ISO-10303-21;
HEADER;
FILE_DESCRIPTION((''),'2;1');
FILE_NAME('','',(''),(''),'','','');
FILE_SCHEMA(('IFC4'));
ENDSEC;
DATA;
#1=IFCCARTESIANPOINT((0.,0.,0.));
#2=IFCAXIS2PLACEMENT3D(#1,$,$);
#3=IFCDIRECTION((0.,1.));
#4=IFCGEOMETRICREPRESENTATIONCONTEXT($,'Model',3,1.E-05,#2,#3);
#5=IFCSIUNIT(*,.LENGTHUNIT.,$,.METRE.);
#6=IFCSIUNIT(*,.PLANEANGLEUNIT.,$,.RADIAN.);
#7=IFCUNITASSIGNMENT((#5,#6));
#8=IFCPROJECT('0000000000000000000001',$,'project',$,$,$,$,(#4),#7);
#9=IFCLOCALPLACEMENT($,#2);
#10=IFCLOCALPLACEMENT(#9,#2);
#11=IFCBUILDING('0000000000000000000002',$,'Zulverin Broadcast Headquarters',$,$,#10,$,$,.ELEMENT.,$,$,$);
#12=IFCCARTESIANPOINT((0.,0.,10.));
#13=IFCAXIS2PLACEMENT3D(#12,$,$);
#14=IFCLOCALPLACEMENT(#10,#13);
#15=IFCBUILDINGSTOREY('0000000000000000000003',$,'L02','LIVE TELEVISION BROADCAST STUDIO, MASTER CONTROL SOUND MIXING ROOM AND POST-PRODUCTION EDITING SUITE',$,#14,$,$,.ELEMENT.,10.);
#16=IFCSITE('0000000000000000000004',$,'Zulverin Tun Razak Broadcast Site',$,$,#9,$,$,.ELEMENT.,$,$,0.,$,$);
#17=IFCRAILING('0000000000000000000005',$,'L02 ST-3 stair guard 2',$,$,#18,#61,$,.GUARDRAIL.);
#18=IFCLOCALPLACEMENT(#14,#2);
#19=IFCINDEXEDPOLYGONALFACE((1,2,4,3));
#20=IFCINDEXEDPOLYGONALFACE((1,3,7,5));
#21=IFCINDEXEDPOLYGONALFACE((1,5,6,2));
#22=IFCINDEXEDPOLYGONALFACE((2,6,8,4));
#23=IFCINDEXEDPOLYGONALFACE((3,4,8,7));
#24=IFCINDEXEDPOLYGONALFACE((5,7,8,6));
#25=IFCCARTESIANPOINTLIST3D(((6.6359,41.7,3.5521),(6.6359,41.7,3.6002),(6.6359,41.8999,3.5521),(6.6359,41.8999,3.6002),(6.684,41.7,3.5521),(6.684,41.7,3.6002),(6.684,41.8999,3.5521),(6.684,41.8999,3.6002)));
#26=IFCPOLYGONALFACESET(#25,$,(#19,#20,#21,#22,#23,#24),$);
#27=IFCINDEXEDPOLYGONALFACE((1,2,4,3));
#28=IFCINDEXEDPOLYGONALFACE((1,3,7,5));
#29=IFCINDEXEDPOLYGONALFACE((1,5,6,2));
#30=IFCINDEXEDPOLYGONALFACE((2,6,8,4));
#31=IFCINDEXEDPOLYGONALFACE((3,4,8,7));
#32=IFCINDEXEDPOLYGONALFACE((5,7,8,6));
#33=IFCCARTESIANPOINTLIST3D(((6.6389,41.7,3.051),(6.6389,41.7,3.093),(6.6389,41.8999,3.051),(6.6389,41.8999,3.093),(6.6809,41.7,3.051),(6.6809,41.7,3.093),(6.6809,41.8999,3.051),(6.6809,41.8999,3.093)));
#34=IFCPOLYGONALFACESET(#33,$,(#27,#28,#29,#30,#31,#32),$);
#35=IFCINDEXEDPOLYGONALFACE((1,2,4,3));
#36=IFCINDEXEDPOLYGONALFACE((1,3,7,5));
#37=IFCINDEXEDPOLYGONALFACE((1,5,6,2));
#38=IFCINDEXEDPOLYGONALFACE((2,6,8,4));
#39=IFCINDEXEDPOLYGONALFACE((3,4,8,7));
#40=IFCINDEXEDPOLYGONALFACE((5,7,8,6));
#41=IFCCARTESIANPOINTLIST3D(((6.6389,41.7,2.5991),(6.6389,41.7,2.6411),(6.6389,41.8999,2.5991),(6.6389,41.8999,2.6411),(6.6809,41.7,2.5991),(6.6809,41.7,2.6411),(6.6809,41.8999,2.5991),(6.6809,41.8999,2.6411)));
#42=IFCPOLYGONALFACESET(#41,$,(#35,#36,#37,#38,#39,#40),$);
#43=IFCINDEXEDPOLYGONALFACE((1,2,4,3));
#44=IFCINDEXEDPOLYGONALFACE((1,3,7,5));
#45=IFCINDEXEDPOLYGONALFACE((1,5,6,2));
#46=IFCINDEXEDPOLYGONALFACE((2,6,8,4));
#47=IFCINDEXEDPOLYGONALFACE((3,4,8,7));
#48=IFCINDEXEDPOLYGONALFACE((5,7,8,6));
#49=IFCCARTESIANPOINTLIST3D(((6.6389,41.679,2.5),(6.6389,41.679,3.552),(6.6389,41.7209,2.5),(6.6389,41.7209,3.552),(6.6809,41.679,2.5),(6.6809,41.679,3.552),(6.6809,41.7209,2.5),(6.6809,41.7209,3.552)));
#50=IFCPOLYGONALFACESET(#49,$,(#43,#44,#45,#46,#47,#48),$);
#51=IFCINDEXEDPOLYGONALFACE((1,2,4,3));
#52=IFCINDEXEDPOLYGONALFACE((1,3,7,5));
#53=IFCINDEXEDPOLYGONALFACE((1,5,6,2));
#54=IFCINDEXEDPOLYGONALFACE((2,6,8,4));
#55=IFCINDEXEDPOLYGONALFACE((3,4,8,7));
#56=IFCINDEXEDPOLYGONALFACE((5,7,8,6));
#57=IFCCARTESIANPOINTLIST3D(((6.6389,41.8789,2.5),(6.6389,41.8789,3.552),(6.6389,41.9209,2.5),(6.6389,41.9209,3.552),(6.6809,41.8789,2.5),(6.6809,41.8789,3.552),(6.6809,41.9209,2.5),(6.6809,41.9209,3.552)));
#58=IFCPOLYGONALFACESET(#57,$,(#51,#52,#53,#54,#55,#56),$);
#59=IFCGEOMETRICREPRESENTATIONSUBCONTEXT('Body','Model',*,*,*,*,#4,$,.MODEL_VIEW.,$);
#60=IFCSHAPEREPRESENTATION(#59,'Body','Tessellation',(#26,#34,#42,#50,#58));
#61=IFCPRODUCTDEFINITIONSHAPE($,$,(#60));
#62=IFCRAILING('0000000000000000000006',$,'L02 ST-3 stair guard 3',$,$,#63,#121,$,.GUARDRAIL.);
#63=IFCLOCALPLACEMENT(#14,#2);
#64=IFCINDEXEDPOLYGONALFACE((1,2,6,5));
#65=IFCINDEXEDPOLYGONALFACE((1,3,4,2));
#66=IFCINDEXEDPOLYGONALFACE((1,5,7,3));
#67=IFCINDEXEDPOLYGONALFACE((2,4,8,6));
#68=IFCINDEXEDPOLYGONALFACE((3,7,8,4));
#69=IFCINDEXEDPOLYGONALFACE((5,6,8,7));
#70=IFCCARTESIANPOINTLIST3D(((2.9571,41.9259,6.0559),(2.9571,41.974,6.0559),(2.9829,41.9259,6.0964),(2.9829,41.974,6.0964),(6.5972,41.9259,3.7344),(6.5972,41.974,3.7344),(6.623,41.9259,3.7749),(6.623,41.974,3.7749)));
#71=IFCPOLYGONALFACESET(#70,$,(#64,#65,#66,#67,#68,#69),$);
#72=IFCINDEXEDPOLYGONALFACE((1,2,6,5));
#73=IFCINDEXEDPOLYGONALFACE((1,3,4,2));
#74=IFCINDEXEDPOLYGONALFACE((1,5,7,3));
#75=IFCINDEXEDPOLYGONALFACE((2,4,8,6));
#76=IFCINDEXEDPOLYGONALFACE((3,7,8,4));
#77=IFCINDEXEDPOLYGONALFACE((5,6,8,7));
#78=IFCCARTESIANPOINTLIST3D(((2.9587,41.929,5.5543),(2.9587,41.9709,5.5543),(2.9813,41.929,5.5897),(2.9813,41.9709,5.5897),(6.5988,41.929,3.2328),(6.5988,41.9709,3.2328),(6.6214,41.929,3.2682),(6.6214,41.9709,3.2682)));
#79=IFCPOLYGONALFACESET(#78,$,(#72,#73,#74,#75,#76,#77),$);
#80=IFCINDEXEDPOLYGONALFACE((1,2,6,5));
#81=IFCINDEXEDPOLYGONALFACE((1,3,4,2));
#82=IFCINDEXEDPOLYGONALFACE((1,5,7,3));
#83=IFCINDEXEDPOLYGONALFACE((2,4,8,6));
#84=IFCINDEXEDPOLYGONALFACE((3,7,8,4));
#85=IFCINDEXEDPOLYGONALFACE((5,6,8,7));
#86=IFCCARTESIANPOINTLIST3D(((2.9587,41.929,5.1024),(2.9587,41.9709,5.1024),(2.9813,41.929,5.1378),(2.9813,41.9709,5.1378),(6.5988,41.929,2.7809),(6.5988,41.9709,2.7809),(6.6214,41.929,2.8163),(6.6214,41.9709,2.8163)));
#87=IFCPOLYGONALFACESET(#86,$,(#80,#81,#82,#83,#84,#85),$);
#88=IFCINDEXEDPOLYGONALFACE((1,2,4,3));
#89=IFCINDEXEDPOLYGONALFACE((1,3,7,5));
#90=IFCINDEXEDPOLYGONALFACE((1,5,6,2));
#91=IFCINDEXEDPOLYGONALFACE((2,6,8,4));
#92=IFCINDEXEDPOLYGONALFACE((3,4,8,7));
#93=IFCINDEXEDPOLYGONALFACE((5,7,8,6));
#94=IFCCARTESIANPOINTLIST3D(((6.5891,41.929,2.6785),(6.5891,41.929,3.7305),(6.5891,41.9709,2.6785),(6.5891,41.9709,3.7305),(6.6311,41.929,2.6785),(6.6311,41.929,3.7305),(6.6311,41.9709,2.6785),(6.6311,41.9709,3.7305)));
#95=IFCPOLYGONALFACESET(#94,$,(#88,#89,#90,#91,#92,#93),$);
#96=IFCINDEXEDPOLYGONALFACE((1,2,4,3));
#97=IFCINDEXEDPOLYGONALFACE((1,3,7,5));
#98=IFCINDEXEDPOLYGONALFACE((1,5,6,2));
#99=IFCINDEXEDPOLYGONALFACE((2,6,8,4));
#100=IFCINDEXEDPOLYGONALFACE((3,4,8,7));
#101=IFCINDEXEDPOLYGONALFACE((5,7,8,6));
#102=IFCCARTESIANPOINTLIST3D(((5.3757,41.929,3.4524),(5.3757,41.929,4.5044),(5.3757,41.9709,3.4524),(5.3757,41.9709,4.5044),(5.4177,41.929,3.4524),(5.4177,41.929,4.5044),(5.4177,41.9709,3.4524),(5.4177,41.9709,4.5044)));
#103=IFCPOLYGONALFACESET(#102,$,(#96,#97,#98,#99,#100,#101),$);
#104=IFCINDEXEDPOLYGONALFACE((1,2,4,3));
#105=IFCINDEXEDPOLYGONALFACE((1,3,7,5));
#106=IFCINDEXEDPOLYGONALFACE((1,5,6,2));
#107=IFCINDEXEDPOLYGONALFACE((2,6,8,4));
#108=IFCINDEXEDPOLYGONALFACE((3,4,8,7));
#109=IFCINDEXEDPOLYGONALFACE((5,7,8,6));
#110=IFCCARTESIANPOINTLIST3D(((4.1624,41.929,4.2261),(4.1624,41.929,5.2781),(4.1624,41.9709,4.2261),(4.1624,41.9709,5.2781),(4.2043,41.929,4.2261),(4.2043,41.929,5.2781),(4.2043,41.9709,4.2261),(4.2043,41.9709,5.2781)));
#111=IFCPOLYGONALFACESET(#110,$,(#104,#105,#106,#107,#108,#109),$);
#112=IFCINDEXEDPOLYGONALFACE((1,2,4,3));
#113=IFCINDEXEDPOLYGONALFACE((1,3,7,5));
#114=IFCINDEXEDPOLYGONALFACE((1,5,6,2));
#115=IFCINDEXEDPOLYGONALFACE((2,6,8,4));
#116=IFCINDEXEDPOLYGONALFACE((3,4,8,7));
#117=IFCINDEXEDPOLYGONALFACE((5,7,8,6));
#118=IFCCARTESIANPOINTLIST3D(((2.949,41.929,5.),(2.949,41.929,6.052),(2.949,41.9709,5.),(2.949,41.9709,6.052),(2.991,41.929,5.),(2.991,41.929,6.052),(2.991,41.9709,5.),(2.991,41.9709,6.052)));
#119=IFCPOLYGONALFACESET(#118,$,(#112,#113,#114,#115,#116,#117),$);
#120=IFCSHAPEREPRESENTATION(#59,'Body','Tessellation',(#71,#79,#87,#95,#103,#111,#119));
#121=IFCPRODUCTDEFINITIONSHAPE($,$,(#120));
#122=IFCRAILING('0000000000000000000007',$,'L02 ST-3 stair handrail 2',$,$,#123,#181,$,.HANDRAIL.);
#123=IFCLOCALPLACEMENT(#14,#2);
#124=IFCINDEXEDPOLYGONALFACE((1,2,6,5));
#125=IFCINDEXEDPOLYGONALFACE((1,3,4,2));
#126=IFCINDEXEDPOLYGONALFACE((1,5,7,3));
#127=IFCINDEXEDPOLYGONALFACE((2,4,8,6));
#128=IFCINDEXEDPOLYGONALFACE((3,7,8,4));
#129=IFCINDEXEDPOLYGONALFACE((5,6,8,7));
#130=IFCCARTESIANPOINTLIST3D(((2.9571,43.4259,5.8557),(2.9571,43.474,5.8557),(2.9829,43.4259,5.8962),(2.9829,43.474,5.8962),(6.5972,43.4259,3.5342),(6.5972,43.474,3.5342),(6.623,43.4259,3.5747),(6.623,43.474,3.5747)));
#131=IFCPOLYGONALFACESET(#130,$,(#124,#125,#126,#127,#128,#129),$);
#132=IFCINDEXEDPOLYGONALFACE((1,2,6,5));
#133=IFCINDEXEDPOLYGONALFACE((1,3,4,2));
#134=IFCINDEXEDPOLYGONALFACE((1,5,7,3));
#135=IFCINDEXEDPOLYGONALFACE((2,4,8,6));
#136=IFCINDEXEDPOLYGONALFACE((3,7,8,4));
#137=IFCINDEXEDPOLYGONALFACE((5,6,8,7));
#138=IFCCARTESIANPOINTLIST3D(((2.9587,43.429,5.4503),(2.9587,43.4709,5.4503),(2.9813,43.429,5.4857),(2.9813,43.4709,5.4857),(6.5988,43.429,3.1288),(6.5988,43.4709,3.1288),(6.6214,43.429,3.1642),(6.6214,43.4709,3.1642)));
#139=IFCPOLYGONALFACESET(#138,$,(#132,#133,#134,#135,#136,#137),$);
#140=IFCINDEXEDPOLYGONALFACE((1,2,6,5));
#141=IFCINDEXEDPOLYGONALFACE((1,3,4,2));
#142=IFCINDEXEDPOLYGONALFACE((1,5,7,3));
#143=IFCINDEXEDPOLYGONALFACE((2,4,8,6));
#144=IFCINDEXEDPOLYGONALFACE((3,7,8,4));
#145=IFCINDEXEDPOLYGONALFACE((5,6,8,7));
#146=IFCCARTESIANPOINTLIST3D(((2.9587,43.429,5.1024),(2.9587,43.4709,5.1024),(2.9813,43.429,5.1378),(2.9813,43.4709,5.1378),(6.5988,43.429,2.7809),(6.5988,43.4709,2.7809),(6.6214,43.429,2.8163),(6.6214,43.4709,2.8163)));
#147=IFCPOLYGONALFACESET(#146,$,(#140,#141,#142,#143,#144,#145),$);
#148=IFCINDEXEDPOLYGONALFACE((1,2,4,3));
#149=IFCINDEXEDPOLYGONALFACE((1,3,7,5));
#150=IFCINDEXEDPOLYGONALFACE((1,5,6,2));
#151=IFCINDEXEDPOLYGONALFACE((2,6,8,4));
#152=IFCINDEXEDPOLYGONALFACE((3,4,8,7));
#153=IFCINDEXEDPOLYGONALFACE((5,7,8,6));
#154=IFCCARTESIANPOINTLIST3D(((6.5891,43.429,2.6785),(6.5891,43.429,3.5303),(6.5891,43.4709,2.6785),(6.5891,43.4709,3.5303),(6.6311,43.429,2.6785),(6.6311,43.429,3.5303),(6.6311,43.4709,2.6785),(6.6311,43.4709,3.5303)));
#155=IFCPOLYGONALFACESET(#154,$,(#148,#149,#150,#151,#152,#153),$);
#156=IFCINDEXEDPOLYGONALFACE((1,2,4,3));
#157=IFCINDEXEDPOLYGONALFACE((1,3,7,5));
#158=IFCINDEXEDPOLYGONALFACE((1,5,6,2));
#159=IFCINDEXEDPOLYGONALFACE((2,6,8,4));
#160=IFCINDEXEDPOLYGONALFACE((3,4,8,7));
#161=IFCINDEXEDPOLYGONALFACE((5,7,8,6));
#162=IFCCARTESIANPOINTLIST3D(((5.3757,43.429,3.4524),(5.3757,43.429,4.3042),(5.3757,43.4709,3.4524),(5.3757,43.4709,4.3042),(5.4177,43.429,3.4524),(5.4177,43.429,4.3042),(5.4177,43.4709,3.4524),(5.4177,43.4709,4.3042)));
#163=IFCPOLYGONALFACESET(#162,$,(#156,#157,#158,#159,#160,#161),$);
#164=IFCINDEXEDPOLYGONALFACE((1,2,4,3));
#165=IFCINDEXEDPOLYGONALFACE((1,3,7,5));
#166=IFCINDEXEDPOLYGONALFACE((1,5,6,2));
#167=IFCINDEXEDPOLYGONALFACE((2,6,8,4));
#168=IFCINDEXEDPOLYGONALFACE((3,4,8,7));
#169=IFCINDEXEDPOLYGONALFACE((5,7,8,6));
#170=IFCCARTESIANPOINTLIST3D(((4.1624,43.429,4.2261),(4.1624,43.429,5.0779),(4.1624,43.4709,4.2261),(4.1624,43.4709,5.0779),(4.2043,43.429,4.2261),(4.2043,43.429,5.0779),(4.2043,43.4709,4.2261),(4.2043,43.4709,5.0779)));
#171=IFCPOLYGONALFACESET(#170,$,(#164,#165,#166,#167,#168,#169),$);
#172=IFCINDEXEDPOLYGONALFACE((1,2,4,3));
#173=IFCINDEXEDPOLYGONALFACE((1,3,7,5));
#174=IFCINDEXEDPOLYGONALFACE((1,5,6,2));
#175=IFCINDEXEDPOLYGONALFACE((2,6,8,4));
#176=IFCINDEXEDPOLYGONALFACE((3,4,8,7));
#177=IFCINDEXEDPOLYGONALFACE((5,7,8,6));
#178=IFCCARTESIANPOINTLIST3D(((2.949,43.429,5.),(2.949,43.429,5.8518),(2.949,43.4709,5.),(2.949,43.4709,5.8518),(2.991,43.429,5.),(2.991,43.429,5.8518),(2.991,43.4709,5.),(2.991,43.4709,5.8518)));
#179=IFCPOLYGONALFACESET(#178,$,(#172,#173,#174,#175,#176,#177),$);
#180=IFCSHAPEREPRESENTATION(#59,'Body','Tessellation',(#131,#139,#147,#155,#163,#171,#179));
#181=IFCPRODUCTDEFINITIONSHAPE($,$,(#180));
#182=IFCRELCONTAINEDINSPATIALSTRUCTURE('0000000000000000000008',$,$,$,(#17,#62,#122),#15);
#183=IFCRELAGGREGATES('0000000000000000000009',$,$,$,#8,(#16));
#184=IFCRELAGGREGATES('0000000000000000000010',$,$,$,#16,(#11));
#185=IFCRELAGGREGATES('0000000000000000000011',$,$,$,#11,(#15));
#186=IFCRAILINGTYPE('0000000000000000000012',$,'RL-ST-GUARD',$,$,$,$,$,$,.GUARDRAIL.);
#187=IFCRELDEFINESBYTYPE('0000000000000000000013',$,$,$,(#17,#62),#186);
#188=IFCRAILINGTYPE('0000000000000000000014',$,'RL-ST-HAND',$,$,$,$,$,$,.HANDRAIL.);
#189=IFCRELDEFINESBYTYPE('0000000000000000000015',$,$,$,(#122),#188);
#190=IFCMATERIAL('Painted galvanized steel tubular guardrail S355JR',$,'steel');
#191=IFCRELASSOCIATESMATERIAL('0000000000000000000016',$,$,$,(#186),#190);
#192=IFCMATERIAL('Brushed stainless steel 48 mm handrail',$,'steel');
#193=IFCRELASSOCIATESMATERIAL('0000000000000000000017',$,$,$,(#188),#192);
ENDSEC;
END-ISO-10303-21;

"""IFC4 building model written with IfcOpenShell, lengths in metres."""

from ifc_helpers import new_model, si_unit, direction, frame, origin, origin_2d, place, context, subcontext, project, spatial, rectangle, extrude, material, type_object, element, save


model = new_model("IFC4")

# Units and contexts
model_context = context("Model", 3, precision=1e-05, world=origin(), true_north=direction((0.0, 1.0)))
body_context = subcontext(model_context, "Body", "Model", "MODEL_VIEW")
ifc_project = project(units=[si_unit("LENGTHUNIT", "METRE"), si_unit("PLANEANGLEUNIT", "RADIAN")], contexts=[model_context])

# Site, building, storey
site_placement = place(None, origin())
site = spatial("IfcSite", under=ifc_project, at=site_placement, Name="Zulverin Tun Razak Broadcast Site", CompositionType="ELEMENT", RefElevation=0.0)
building_placement = place(site_placement, origin())
building = spatial("IfcBuilding", under=site, at=building_placement, Name="Zulverin Broadcast Headquarters", CompositionType="ELEMENT")
storey_placement = place(building_placement, frame((0.0, 0.0, 10.0)))
storey = spatial("IfcBuildingStorey", under=building, at=storey_placement, Name="L02", Description="LIVE TELEVISION BROADCAST STUDIO, MASTER CONTROL SOUND MIXING ROOM AND POST-PRODUCTION EDITING SUITE", CompositionType="ELEMENT", Elevation=10.0)

# Railings
ifc_material_1 = material(Name="Painted galvanized steel tubular guardrail S355JR", Category="steel")
railing_type_1 = type_object("IfcRailingType", Name="RL-ST-GUARD", PredefinedType="GUARDRAIL", material=ifc_material_1)
railing_1_placement = place(storey_placement, frame((6.6599, 41.7, 2.5)))
element("IfcRailing", 1, at=railing_1_placement, inside=storey, type_object=railing_type_1, Name="L02 ST-3 stair guard 2", PredefinedType="GUARDRAIL", context=body_context, shape_type="SweptSolid", body=[
    extrude(rectangle(XDim=0.0481, YDim=0.0481, at=origin_2d()), frame((0.0, 0.0, 1.0762), z_axis=(0.0, 1.0, 0.0), x_axis=(-1.0, 0.0, 0.0)), (0.0, 0.0, 1.0), 0.2),
    extrude(rectangle(XDim=0.042, YDim=0.042, at=origin_2d()), frame((0.0, 0.0, 0.572), z_axis=(0.0, 1.0, 0.0), x_axis=(-1.0, 0.0, 0.0)), (0.0, 0.0, 1.0), 0.2),
    extrude(rectangle(XDim=0.042, YDim=0.042, at=origin_2d()), frame((0.0, 0.0, 0.1201), z_axis=(0.0, 1.0, 0.0), x_axis=(-1.0, 0.0, 0.0)), (0.0, 0.0, 1.0), 0.2),
    extrude(rectangle(XDim=0.042, YDim=0.042, at=origin_2d()), origin(), (0.0, 0.0, 1.0), 1.052),
    extrude(rectangle(XDim=0.042, YDim=0.042, at=origin_2d()), frame((0.0, 0.2, 0.0)), (0.0, 0.0, 1.0), 1.052),
])
railing_2_placement = place(storey_placement, frame((6.6101, 41.95, 2.6785)))
element("IfcRailing", 2, at=railing_2_placement, inside=storey, type_object=railing_type_1, Name="L02 ST-3 stair guard 3", PredefinedType="GUARDRAIL", context=body_context, shape_type="SweptSolid", body=[
    extrude(rectangle(XDim=0.0481, YDim=0.0481, at=origin_2d()), frame((0.0, 0.0, 1.0762), z_axis=(-0.843128, 0.0, 0.537713), x_axis=(0.0, -1.0, 0.0)), (0.0, 0.0, 1.0), 4.3174),
    extrude(rectangle(XDim=0.042, YDim=0.042, at=origin_2d()), frame((0.0, 0.0, 0.572), z_axis=(-0.843128, 0.0, 0.537713), x_axis=(0.0, -1.0, 0.0)), (0.0, 0.0, 1.0), 4.3174),
    extrude(rectangle(XDim=0.042, YDim=0.042, at=origin_2d()), frame((0.0, 0.0, 0.1201), z_axis=(-0.843128, 0.0, 0.537713), x_axis=(0.0, -1.0, 0.0)), (0.0, 0.0, 1.0), 4.3174),
    extrude(rectangle(XDim=0.042, YDim=0.042, at=origin_2d()), origin(), (0.0, 0.0, 1.0), 1.052),
    extrude(rectangle(XDim=0.042, YDim=0.042, at=origin_2d()), frame((-1.2134, 0.0, 0.7739)), (0.0, 0.0, 1.0), 1.052),
    extrude(rectangle(XDim=0.042, YDim=0.042, at=origin_2d()), frame((-2.4268, 0.0, 1.5476)), (0.0, 0.0, 1.0), 1.052),
    extrude(rectangle(XDim=0.042, YDim=0.042, at=origin_2d()), frame((-3.6401, 0.0, 2.3215)), (0.0, 0.0, 1.0), 1.052),
])
ifc_material_2 = material(Name="Brushed stainless steel 48 mm handrail", Category="steel")
railing_type_2 = type_object("IfcRailingType", Name="RL-ST-HAND", PredefinedType="HANDRAIL", material=ifc_material_2)
railing_3_placement = place(storey_placement, frame((6.6101, 43.45, 2.6785)))
element("IfcRailing", 3, at=railing_3_placement, inside=storey, type_object=railing_type_2, Name="L02 ST-3 stair handrail 2", PredefinedType="HANDRAIL", context=body_context, shape_type="SweptSolid", body=[
    extrude(rectangle(XDim=0.0481, YDim=0.0481, at=origin_2d()), frame((0.0, 0.0, 0.876), z_axis=(-0.843128, 0.0, 0.537713), x_axis=(0.0, -1.0, 0.0)), (0.0, 0.0, 1.0), 4.3174),
    extrude(rectangle(XDim=0.042, YDim=0.042, at=origin_2d()), frame((0.0, 0.0, 0.468), z_axis=(-0.843128, 0.0, 0.537713), x_axis=(0.0, -1.0, 0.0)), (0.0, 0.0, 1.0), 4.3174),
    extrude(rectangle(XDim=0.042, YDim=0.042, at=origin_2d()), frame((0.0, 0.0, 0.1201), z_axis=(-0.843128, 0.0, 0.537713), x_axis=(0.0, -1.0, 0.0)), (0.0, 0.0, 1.0), 4.3174),
    extrude(rectangle(XDim=0.042, YDim=0.042, at=origin_2d()), origin(), (0.0, 0.0, 1.0), 0.8518),
    extrude(rectangle(XDim=0.042, YDim=0.042, at=origin_2d()), frame((-1.2134, 0.0, 0.7739)), (0.0, 0.0, 1.0), 0.8518),
    extrude(rectangle(XDim=0.042, YDim=0.042, at=origin_2d()), frame((-2.4268, 0.0, 1.5476)), (0.0, 0.0, 1.0), 0.8518),
    extrude(rectangle(XDim=0.042, YDim=0.042, at=origin_2d()), frame((-3.6401, 0.0, 2.3215)), (0.0, 0.0, 1.0), 0.8518),
])

save(model, "model.ifc")
